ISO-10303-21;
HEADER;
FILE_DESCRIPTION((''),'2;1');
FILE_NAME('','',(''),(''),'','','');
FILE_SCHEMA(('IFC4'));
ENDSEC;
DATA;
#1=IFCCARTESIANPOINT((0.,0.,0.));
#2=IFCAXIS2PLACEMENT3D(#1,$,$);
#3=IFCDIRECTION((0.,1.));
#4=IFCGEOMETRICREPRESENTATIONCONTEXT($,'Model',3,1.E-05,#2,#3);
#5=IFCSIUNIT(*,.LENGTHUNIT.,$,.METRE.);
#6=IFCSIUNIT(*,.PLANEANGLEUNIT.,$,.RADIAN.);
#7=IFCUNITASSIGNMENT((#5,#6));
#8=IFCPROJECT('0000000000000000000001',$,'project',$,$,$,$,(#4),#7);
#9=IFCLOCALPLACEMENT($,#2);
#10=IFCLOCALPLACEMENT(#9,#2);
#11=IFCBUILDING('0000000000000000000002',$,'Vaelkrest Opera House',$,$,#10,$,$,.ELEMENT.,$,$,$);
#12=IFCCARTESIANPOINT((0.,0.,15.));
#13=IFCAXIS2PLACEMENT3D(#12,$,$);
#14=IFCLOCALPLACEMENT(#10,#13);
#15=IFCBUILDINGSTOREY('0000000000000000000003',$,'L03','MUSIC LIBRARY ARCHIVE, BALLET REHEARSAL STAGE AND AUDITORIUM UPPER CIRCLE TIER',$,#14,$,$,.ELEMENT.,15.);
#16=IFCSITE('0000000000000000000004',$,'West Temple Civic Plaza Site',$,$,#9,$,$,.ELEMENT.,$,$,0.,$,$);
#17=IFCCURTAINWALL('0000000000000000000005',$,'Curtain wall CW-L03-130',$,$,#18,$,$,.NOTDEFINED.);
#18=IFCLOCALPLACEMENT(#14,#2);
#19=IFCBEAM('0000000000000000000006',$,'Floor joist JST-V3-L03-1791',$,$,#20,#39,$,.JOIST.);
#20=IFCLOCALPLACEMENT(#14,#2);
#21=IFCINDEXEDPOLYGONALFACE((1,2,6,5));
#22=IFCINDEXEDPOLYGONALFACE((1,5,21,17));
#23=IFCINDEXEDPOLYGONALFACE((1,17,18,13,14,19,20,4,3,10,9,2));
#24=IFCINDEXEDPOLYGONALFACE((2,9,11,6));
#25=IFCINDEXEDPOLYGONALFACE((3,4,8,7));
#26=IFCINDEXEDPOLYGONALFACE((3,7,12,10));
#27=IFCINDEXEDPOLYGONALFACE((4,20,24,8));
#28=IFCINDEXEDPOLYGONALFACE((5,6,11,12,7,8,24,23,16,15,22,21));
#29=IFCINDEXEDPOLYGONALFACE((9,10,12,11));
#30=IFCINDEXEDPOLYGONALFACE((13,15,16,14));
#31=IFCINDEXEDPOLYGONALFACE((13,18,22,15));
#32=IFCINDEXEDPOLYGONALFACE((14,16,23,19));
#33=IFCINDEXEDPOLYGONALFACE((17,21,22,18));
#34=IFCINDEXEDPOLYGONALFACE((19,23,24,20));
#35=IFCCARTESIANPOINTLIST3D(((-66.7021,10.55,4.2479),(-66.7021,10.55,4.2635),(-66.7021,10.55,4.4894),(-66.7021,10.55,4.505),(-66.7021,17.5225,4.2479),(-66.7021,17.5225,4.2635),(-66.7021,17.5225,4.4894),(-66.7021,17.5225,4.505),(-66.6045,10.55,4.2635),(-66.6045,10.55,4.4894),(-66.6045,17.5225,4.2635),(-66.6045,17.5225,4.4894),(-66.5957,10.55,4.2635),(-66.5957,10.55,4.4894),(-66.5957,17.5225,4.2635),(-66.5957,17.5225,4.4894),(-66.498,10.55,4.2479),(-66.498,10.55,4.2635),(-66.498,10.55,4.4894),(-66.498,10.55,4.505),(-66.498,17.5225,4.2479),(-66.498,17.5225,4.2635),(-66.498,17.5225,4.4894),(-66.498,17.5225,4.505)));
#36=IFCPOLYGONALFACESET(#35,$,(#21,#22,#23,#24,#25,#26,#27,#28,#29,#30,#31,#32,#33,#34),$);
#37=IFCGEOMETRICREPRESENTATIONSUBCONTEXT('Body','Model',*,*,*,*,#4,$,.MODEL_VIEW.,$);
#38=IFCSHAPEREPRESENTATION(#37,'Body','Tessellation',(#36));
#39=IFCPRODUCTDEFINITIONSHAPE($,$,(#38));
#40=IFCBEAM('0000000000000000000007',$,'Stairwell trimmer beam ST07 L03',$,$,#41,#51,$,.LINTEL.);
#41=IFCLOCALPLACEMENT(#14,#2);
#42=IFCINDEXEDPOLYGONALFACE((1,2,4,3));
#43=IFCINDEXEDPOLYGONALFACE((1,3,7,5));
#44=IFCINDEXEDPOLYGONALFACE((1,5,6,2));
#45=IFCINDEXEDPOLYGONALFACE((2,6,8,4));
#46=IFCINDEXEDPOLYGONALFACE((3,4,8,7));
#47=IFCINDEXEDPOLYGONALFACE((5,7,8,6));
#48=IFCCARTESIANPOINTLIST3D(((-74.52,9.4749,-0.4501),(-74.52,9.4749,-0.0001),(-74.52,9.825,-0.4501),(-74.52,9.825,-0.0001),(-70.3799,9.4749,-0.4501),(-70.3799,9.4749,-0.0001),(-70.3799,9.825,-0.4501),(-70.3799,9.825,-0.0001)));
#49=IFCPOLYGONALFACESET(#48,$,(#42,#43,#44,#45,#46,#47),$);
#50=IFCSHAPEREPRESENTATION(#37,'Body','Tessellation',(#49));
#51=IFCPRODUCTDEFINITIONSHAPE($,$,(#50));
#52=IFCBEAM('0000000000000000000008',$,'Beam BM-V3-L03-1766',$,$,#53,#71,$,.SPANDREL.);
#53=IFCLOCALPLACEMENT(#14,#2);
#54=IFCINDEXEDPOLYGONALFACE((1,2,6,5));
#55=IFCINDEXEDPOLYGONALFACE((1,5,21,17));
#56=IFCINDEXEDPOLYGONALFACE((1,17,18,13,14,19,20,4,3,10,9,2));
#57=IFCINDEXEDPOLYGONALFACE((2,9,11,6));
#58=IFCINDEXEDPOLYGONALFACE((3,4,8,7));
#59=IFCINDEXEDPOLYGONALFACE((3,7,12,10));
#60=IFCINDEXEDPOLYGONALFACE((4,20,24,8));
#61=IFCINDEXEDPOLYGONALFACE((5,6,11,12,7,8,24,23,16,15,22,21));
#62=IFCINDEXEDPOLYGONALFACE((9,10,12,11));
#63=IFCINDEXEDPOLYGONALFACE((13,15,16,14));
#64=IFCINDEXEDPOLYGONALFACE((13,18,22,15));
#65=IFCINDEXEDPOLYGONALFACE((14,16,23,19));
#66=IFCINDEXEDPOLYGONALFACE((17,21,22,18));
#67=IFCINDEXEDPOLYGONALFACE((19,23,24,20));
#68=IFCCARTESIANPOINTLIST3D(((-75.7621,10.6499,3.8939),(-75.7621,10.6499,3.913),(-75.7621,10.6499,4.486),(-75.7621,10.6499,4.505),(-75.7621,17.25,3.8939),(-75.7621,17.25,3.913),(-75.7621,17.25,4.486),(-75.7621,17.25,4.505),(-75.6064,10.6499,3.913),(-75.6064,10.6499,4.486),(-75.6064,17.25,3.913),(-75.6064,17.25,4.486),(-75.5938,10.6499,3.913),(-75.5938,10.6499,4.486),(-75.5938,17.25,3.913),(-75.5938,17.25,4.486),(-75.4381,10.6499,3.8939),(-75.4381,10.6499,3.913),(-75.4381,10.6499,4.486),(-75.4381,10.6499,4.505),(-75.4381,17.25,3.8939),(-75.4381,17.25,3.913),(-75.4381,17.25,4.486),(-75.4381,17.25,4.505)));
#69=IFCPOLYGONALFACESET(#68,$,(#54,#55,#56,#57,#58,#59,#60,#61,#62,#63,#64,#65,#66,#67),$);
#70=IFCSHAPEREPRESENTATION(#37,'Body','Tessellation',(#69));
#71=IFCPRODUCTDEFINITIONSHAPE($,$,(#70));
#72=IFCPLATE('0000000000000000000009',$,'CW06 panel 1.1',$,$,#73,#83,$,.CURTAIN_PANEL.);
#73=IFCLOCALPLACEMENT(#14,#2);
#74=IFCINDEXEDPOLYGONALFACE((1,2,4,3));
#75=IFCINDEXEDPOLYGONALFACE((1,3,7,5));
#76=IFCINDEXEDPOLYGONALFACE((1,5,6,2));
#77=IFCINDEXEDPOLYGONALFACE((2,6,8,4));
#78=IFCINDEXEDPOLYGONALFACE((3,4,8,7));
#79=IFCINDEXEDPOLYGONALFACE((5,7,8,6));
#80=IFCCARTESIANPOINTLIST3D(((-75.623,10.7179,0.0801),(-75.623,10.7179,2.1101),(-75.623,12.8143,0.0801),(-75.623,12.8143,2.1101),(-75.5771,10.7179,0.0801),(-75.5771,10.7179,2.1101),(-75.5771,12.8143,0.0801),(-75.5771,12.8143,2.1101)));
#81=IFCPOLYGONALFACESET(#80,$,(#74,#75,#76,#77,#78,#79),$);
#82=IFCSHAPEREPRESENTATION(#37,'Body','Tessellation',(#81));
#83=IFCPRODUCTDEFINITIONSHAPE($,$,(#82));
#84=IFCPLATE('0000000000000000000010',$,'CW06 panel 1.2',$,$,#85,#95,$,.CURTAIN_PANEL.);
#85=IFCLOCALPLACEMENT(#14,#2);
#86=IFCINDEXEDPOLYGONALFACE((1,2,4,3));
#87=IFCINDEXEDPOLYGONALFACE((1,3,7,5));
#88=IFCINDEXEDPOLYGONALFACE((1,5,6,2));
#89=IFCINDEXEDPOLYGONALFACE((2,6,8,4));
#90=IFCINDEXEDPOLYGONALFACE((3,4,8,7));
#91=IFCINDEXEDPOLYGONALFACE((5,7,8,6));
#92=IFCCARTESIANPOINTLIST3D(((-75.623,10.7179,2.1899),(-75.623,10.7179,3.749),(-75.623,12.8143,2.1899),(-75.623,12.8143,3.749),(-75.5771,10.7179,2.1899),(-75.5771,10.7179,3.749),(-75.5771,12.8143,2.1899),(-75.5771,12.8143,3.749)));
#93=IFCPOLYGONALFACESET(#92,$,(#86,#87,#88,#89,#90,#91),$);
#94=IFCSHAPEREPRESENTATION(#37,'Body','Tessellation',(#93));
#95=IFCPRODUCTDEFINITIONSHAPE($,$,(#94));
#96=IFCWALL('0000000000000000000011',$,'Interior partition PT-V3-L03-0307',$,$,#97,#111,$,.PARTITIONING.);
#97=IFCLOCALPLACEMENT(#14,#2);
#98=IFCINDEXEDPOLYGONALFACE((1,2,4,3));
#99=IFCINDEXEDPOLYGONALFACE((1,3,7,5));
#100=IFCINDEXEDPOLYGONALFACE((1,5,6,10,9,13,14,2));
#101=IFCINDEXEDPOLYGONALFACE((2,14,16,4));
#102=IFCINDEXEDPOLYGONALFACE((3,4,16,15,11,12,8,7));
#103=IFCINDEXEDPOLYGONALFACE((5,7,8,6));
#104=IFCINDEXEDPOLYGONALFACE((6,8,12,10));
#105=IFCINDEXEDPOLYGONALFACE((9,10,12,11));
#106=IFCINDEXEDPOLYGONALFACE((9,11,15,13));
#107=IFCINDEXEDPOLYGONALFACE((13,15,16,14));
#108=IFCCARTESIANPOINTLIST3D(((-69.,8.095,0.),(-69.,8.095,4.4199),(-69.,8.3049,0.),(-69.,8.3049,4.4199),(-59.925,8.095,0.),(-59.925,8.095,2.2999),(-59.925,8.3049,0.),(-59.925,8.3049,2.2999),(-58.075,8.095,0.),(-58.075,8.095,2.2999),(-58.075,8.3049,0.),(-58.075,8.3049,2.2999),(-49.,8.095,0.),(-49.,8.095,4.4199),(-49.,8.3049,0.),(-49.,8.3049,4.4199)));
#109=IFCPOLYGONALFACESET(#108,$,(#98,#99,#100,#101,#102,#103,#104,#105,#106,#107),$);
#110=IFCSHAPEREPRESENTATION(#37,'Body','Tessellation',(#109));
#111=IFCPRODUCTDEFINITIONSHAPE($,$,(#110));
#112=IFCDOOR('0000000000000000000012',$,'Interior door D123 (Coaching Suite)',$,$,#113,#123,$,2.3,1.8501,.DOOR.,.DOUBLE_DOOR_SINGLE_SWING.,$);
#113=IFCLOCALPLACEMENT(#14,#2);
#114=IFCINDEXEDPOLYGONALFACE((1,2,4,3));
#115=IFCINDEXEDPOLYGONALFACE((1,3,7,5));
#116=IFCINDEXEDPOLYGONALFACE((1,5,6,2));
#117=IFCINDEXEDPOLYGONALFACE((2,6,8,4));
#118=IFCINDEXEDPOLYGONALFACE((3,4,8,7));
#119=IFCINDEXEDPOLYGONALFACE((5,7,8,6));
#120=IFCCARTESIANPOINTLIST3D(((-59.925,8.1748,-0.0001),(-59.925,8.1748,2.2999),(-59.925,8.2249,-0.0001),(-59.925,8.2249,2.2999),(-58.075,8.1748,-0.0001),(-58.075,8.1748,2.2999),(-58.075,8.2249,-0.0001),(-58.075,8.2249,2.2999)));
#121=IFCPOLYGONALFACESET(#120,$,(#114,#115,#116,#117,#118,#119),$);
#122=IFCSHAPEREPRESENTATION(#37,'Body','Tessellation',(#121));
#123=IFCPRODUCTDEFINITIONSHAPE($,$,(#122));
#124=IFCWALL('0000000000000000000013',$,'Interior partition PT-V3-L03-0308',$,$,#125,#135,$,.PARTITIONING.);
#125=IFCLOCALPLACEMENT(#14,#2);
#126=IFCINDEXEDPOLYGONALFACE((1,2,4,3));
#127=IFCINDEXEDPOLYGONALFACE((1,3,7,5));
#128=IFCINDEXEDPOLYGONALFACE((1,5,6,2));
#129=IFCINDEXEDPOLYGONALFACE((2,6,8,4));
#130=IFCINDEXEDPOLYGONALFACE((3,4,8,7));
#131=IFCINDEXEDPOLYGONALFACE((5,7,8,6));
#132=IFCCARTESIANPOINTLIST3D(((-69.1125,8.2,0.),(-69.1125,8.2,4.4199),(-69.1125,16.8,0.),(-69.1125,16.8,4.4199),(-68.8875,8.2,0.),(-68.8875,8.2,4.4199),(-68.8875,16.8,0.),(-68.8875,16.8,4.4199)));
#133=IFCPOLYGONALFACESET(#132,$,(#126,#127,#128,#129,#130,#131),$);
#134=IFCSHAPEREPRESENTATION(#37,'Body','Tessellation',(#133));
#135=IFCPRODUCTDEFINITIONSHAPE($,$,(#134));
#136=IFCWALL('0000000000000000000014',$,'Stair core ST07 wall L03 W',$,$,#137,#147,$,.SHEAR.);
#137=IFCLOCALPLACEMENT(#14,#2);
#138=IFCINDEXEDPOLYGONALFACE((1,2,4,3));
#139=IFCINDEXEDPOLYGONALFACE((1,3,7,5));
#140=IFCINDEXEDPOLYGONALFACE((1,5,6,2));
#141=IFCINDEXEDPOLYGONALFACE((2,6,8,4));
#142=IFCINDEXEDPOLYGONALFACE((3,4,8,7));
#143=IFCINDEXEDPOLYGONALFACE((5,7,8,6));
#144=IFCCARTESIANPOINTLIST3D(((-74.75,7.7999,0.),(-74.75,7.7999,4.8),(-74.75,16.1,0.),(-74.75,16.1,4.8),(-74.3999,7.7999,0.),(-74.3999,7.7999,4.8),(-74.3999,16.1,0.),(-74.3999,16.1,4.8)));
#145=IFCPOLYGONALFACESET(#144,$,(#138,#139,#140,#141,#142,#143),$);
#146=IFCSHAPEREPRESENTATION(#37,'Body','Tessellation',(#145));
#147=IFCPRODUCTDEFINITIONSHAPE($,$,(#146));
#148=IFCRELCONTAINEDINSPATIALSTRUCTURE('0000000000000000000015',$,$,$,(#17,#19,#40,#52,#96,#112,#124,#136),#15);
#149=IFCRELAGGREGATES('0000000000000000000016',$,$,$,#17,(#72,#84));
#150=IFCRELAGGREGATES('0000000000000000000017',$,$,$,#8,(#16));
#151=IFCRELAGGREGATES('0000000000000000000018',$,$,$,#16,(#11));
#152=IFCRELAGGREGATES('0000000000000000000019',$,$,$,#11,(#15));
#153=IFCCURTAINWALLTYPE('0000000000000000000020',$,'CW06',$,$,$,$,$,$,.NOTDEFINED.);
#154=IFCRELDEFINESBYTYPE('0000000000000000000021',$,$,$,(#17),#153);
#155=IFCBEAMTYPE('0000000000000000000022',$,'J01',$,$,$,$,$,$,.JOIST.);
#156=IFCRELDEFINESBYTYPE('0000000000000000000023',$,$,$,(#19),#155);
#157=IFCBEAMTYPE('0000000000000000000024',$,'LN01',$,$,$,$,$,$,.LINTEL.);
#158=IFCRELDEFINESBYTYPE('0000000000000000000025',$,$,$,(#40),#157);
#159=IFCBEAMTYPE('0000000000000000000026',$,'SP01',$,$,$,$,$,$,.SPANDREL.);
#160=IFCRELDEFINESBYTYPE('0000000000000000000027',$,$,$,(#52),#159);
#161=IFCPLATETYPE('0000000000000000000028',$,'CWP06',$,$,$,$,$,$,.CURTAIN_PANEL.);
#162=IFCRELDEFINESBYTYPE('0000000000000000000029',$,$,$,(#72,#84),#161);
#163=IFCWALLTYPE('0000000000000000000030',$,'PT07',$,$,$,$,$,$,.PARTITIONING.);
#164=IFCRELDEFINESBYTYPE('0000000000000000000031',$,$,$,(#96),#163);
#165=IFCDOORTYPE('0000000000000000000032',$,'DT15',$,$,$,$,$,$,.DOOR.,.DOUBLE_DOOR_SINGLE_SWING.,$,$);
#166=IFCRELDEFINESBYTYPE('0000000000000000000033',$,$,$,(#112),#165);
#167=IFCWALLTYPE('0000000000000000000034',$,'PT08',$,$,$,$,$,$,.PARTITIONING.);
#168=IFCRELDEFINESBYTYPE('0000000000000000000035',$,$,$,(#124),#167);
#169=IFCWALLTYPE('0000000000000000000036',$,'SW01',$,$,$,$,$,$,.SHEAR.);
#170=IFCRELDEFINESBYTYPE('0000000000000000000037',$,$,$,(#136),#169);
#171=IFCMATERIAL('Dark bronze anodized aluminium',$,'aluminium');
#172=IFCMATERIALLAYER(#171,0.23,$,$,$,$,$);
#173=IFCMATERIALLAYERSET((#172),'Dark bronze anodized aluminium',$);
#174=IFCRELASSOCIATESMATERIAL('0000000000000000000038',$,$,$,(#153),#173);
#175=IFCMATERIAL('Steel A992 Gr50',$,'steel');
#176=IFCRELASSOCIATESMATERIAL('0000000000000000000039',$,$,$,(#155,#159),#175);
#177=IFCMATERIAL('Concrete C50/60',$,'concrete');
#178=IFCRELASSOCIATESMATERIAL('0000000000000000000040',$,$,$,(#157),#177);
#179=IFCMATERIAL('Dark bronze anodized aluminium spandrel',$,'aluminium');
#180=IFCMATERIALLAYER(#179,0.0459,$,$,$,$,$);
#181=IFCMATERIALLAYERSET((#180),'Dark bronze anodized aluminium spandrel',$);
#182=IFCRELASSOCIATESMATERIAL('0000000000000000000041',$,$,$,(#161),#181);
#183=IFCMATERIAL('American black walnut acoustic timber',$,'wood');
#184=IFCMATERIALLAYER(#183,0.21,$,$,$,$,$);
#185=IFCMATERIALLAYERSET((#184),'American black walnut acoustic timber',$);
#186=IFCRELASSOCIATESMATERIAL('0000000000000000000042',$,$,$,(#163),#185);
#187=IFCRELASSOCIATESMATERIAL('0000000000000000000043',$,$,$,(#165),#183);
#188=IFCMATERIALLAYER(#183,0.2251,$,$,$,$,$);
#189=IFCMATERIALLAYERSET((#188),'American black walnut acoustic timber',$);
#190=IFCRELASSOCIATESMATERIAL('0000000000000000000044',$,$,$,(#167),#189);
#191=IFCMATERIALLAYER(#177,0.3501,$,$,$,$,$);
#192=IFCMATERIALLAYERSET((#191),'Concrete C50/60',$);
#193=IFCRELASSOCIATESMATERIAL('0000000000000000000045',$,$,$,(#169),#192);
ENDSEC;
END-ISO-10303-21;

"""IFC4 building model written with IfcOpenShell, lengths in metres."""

from ifc_helpers import new_model, si_unit, direction, frame, frame_2d, origin, origin_2d, place, context, subcontext, project, spatial, rectangle, i_section, extrude, material, layer, layer_set, material_profile, profile_set, type_object, element, fill, aggregate, save


model = new_model("IFC4")

# Units and contexts
model_context = context("Model", 3, precision=1e-05, world=origin(), true_north=direction((0.0, 1.0)))
body_context = subcontext(model_context, "Body", "Model", "MODEL_VIEW")
ifc_project = project(units=[si_unit("LENGTHUNIT", "METRE"), si_unit("PLANEANGLEUNIT", "RADIAN")], contexts=[model_context])

# Site, building, storey
site_placement = place(None, origin())
site = spatial("IfcSite", under=ifc_project, at=site_placement, Name="West Temple Civic Plaza Site", CompositionType="ELEMENT", RefElevation=0.0)
building_placement = place(site_placement, origin())
building = spatial("IfcBuilding", under=site, at=building_placement, Name="Vaelkrest Opera House", CompositionType="ELEMENT")
storey_placement = place(building_placement, frame((0.0, 0.0, 15.0)))
storey = spatial("IfcBuildingStorey", under=building, at=storey_placement, Name="L03", Description="MUSIC LIBRARY ARCHIVE, BALLET REHEARSAL STAGE AND AUDITORIUM UPPER CIRCLE TIER", CompositionType="ELEMENT", Elevation=15.0)

# Shared definitions
ifc_material_1 = material(Name="Concrete C50/60", Category="concrete")

# Shared definitions
ifc_material_2 = material(Name="Steel A992 Gr50", Category="steel")

# Curtain wall
ifc_material_3 = material(Name="Dark bronze anodized aluminium", Category="aluminium")
ifc_layer_1 = layer(ifc_material_3, 0.23)
ifc_layer_set_1 = layer_set([ifc_layer_1], Name="Dark bronze anodized aluminium")
curtain_wall_type = type_object("IfcCurtainWallType", Name="CW06", PredefinedType="NOTDEFINED", material=ifc_layer_set_1)
curtain_wall_placement = place(storey_placement, origin())
curtain_wall = element("IfcCurtainWall", 1, at=curtain_wall_placement, inside=storey, type_object=curtain_wall_type, Name="Curtain wall CW-L03-130", PredefinedType="NOTDEFINED")

# Beams
ifc_material_profile_1 = material_profile(ifc_material_2, i_section(OverallWidth=0.2041, OverallDepth=0.2571, WebThickness=0.0088, FlangeThickness=0.0156, at=origin_2d()), Name="W10X45")
ifc_profile_set_1 = profile_set([ifc_material_profile_1], Name="Steel A992 Gr50")
beam_type_1 = type_object("IfcBeamType", Name="J01", PredefinedType="JOIST", material=ifc_profile_set_1)
beam_1_placement = place(storey_placement, frame((-66.6001, 10.55, 4.3765), z_axis=(0.0, 1.0, 0.0), x_axis=(-1.0, 0.0, 0.0)))
element("IfcBeam", 2, at=beam_1_placement, inside=storey, type_object=beam_type_1, Name="Floor joist JST-V3-L03-1791", PredefinedType="JOIST", context=body_context, shape_type="SweptSolid", body=[
    extrude(i_section(OverallWidth=0.2041, OverallDepth=0.2571, WebThickness=0.0088, FlangeThickness=0.0156, at=origin_2d()), origin(), (0.0, 0.0, 1.0), 6.9724),
])
ifc_material_profile_2 = material_profile(ifc_material_1, rectangle(XDim=0.3501, YDim=0.45, at=origin_2d()), Name="RCB350X450")
ifc_profile_set_2 = profile_set([ifc_material_profile_2], Name="Concrete C50/60")
beam_type_2 = type_object("IfcBeamType", Name="LN01", PredefinedType="LINTEL", material=ifc_profile_set_2)
beam_2_placement = place(storey_placement, frame((-74.52, 9.6499, -0.2251), z_axis=(1.0, 0.0, 0.0), x_axis=(0.0, 1.0, 0.0)))
element("IfcBeam", 3, at=beam_2_placement, inside=storey, type_object=beam_type_2, Name="Stairwell trimmer beam ST07 L03", PredefinedType="LINTEL", context=body_context, shape_type="SweptSolid", body=[
    extrude(rectangle(XDim=0.3501, YDim=0.45, at=origin_2d()), origin(), (0.0, 0.0, 1.0), 4.1401),
])
ifc_material_profile_3 = material_profile(ifc_material_2, i_section(OverallWidth=0.324, OverallDepth=0.6111, WebThickness=0.0127, FlangeThickness=0.019, at=origin_2d()), Name="W24X104")
ifc_profile_set_3 = profile_set([ifc_material_profile_3], Name="Steel A992 Gr50")
beam_type_3 = type_object("IfcBeamType", Name="SP01", PredefinedType="SPANDREL", material=ifc_profile_set_3)
beam_3_placement = place(storey_placement, frame((-75.6001, 10.6499, 4.1995), z_axis=(0.0, 1.0, 0.0), x_axis=(-1.0, 0.0, 0.0)))
element("IfcBeam", 4, at=beam_3_placement, inside=storey, type_object=beam_type_3, Name="Beam BM-V3-L03-1766", PredefinedType="SPANDREL", context=body_context, shape_type="SweptSolid", body=[
    extrude(i_section(OverallWidth=0.324, OverallDepth=0.6111, WebThickness=0.0127, FlangeThickness=0.019, at=origin_2d()), origin(), (0.0, 0.0, 1.0), 6.6001),
])

# Plates
ifc_material_4 = material(Name="Dark bronze anodized aluminium spandrel", Category="aluminium")
ifc_layer_2 = layer(ifc_material_4, 0.0459)
ifc_layer_set_2 = layer_set([ifc_layer_2], Name="Dark bronze anodized aluminium spandrel")
plate_type = type_object("IfcPlateType", Name="CWP06", PredefinedType="CURTAIN_PANEL", material=ifc_layer_set_2)
plate_1_placement = place(storey_placement, frame((-75.6001, 11.7661, 0.0801), z_axis=(0.0, 0.0, 1.0), x_axis=(0.0, 1.0, 0.0)))
plate_1 = element("IfcPlate", 5, at=plate_1_placement, type_object=plate_type, Name="CW06 panel 1.1", PredefinedType="CURTAIN_PANEL", context=body_context, shape_type="SweptSolid", body=[
    extrude(rectangle(XDim=2.0964, YDim=0.0459, at=origin_2d()), origin(), (0.0, 0.0, 1.0), 2.03),
])
plate_2_placement = place(storey_placement, frame((-75.6001, 11.7661, 2.1899), z_axis=(0.0, 0.0, 1.0), x_axis=(0.0, 1.0, 0.0)))
plate_2 = element("IfcPlate", 6, at=plate_2_placement, type_object=plate_type, Name="CW06 panel 1.2", PredefinedType="CURTAIN_PANEL", context=body_context, shape_type="SweptSolid", body=[
    extrude(rectangle(XDim=2.0964, YDim=0.0459, at=origin_2d()), origin(), (0.0, 0.0, 1.0), 1.5591),
])
aggregate(curtain_wall, [plate_1, plate_2])

# Wall, opening, door
ifc_material_5 = material(Name="American black walnut acoustic timber", Category="wood")
ifc_layer_3 = layer(ifc_material_5, 0.21)
ifc_layer_set_3 = layer_set([ifc_layer_3], Name="American black walnut acoustic timber")
wall_type_1 = type_object("IfcWallType", Name="PT07", PredefinedType="PARTITIONING", material=ifc_layer_set_3)
wall_1_placement = place(storey_placement, frame((-69.0, 8.2, 0.0), z_axis=(0.0, 0.0, 1.0), x_axis=(1.0, 0.0, 0.0)))
wall_1 = element("IfcWall", 7, at=wall_1_placement, inside=storey, type_object=wall_type_1, Name="Interior partition PT-V3-L03-0307", PredefinedType="PARTITIONING", context=body_context, shape_type="SweptSolid", body=[
    extrude(rectangle(XDim=20.0, YDim=0.21, at=frame_2d((10.0, 0.0))), origin(), (0.0, 0.0, 1.0), 4.4199),
])
opening_placement = place(wall_1_placement, frame((9.075, 0.0, 0.0)))
opening = element("IfcOpeningElement", 8, at=opening_placement, cuts=wall_1, PredefinedType="OPENING", context=body_context, shape_type="SweptSolid", body=[
    extrude(rectangle(XDim=1.8501, YDim=2.3, at=frame_2d((0.925, 1.1499))), frame((0.0, 0.115, 0.0), z_axis=(0.0, -1.0, 0.0), x_axis=(1.0, 0.0, 0.0)), (0.0, 0.0, 1.0), 0.23),
])
door_type = type_object("IfcDoorType", Name="DT15", OperationType="DOUBLE_DOOR_SINGLE_SWING", PredefinedType="DOOR", material=ifc_material_5)
door_placement = place(opening_placement, origin())
door = element("IfcDoor", 9, at=door_placement, inside=storey, type_object=door_type, Name="Interior door D123 (Coaching Suite)", OperationType="DOUBLE_DOOR_SINGLE_SWING", OverallHeight=2.3, OverallWidth=1.8501, PredefinedType="DOOR", context=body_context, shape_type="SweptSolid", body=[
    extrude(rectangle(XDim=1.8501, YDim=2.3, at=frame_2d((0.925, 1.1499))), frame((0.0, 0.0249, 0.0), z_axis=(0.0, -1.0, 0.0), x_axis=(1.0, 0.0, 0.0)), (0.0, 0.0, 1.0), 0.05),
])
fill(opening, door)

# Walls
ifc_layer_4 = layer(ifc_material_5, 0.2251)
ifc_layer_set_4 = layer_set([ifc_layer_4], Name="American black walnut acoustic timber")
wall_type_2 = type_object("IfcWallType", Name="PT08", PredefinedType="PARTITIONING", material=ifc_layer_set_4)
wall_2_placement = place(storey_placement, frame((-69.0, 8.2, 0.0), z_axis=(0.0, 0.0, 1.0), x_axis=(0.0, 1.0, 0.0)))
element("IfcWall", 10, at=wall_2_placement, inside=storey, type_object=wall_type_2, Name="Interior partition PT-V3-L03-0308", PredefinedType="PARTITIONING", context=body_context, shape_type="SweptSolid", body=[
    extrude(rectangle(XDim=8.6001, YDim=0.2251, at=frame_2d((4.3, 0.0))), origin(), (0.0, 0.0, 1.0), 4.4199),
])
ifc_layer_5 = layer(ifc_material_1, 0.3501)
ifc_layer_set_5 = layer_set([ifc_layer_5], Name="Concrete C50/60")
wall_type_3 = type_object("IfcWallType", Name="SW01", PredefinedType="SHEAR", material=ifc_layer_set_5)
wall_3_placement = place(storey_placement, frame((-74.575, 7.8, 0.0), z_axis=(0.0, 0.0, 1.0), x_axis=(0.0, 1.0, 0.0)))
element("IfcWall", 11, at=wall_3_placement, inside=storey, type_object=wall_type_3, Name="Stair core ST07 wall L03 W", PredefinedType="SHEAR", context=body_context, shape_type="SweptSolid", body=[
    extrude(rectangle(XDim=8.3, YDim=0.3501, at=frame_2d((4.1499, 0.0))), origin(), (0.0, 0.0, 1.0), 4.8),
])

save(model, "model.ifc")
